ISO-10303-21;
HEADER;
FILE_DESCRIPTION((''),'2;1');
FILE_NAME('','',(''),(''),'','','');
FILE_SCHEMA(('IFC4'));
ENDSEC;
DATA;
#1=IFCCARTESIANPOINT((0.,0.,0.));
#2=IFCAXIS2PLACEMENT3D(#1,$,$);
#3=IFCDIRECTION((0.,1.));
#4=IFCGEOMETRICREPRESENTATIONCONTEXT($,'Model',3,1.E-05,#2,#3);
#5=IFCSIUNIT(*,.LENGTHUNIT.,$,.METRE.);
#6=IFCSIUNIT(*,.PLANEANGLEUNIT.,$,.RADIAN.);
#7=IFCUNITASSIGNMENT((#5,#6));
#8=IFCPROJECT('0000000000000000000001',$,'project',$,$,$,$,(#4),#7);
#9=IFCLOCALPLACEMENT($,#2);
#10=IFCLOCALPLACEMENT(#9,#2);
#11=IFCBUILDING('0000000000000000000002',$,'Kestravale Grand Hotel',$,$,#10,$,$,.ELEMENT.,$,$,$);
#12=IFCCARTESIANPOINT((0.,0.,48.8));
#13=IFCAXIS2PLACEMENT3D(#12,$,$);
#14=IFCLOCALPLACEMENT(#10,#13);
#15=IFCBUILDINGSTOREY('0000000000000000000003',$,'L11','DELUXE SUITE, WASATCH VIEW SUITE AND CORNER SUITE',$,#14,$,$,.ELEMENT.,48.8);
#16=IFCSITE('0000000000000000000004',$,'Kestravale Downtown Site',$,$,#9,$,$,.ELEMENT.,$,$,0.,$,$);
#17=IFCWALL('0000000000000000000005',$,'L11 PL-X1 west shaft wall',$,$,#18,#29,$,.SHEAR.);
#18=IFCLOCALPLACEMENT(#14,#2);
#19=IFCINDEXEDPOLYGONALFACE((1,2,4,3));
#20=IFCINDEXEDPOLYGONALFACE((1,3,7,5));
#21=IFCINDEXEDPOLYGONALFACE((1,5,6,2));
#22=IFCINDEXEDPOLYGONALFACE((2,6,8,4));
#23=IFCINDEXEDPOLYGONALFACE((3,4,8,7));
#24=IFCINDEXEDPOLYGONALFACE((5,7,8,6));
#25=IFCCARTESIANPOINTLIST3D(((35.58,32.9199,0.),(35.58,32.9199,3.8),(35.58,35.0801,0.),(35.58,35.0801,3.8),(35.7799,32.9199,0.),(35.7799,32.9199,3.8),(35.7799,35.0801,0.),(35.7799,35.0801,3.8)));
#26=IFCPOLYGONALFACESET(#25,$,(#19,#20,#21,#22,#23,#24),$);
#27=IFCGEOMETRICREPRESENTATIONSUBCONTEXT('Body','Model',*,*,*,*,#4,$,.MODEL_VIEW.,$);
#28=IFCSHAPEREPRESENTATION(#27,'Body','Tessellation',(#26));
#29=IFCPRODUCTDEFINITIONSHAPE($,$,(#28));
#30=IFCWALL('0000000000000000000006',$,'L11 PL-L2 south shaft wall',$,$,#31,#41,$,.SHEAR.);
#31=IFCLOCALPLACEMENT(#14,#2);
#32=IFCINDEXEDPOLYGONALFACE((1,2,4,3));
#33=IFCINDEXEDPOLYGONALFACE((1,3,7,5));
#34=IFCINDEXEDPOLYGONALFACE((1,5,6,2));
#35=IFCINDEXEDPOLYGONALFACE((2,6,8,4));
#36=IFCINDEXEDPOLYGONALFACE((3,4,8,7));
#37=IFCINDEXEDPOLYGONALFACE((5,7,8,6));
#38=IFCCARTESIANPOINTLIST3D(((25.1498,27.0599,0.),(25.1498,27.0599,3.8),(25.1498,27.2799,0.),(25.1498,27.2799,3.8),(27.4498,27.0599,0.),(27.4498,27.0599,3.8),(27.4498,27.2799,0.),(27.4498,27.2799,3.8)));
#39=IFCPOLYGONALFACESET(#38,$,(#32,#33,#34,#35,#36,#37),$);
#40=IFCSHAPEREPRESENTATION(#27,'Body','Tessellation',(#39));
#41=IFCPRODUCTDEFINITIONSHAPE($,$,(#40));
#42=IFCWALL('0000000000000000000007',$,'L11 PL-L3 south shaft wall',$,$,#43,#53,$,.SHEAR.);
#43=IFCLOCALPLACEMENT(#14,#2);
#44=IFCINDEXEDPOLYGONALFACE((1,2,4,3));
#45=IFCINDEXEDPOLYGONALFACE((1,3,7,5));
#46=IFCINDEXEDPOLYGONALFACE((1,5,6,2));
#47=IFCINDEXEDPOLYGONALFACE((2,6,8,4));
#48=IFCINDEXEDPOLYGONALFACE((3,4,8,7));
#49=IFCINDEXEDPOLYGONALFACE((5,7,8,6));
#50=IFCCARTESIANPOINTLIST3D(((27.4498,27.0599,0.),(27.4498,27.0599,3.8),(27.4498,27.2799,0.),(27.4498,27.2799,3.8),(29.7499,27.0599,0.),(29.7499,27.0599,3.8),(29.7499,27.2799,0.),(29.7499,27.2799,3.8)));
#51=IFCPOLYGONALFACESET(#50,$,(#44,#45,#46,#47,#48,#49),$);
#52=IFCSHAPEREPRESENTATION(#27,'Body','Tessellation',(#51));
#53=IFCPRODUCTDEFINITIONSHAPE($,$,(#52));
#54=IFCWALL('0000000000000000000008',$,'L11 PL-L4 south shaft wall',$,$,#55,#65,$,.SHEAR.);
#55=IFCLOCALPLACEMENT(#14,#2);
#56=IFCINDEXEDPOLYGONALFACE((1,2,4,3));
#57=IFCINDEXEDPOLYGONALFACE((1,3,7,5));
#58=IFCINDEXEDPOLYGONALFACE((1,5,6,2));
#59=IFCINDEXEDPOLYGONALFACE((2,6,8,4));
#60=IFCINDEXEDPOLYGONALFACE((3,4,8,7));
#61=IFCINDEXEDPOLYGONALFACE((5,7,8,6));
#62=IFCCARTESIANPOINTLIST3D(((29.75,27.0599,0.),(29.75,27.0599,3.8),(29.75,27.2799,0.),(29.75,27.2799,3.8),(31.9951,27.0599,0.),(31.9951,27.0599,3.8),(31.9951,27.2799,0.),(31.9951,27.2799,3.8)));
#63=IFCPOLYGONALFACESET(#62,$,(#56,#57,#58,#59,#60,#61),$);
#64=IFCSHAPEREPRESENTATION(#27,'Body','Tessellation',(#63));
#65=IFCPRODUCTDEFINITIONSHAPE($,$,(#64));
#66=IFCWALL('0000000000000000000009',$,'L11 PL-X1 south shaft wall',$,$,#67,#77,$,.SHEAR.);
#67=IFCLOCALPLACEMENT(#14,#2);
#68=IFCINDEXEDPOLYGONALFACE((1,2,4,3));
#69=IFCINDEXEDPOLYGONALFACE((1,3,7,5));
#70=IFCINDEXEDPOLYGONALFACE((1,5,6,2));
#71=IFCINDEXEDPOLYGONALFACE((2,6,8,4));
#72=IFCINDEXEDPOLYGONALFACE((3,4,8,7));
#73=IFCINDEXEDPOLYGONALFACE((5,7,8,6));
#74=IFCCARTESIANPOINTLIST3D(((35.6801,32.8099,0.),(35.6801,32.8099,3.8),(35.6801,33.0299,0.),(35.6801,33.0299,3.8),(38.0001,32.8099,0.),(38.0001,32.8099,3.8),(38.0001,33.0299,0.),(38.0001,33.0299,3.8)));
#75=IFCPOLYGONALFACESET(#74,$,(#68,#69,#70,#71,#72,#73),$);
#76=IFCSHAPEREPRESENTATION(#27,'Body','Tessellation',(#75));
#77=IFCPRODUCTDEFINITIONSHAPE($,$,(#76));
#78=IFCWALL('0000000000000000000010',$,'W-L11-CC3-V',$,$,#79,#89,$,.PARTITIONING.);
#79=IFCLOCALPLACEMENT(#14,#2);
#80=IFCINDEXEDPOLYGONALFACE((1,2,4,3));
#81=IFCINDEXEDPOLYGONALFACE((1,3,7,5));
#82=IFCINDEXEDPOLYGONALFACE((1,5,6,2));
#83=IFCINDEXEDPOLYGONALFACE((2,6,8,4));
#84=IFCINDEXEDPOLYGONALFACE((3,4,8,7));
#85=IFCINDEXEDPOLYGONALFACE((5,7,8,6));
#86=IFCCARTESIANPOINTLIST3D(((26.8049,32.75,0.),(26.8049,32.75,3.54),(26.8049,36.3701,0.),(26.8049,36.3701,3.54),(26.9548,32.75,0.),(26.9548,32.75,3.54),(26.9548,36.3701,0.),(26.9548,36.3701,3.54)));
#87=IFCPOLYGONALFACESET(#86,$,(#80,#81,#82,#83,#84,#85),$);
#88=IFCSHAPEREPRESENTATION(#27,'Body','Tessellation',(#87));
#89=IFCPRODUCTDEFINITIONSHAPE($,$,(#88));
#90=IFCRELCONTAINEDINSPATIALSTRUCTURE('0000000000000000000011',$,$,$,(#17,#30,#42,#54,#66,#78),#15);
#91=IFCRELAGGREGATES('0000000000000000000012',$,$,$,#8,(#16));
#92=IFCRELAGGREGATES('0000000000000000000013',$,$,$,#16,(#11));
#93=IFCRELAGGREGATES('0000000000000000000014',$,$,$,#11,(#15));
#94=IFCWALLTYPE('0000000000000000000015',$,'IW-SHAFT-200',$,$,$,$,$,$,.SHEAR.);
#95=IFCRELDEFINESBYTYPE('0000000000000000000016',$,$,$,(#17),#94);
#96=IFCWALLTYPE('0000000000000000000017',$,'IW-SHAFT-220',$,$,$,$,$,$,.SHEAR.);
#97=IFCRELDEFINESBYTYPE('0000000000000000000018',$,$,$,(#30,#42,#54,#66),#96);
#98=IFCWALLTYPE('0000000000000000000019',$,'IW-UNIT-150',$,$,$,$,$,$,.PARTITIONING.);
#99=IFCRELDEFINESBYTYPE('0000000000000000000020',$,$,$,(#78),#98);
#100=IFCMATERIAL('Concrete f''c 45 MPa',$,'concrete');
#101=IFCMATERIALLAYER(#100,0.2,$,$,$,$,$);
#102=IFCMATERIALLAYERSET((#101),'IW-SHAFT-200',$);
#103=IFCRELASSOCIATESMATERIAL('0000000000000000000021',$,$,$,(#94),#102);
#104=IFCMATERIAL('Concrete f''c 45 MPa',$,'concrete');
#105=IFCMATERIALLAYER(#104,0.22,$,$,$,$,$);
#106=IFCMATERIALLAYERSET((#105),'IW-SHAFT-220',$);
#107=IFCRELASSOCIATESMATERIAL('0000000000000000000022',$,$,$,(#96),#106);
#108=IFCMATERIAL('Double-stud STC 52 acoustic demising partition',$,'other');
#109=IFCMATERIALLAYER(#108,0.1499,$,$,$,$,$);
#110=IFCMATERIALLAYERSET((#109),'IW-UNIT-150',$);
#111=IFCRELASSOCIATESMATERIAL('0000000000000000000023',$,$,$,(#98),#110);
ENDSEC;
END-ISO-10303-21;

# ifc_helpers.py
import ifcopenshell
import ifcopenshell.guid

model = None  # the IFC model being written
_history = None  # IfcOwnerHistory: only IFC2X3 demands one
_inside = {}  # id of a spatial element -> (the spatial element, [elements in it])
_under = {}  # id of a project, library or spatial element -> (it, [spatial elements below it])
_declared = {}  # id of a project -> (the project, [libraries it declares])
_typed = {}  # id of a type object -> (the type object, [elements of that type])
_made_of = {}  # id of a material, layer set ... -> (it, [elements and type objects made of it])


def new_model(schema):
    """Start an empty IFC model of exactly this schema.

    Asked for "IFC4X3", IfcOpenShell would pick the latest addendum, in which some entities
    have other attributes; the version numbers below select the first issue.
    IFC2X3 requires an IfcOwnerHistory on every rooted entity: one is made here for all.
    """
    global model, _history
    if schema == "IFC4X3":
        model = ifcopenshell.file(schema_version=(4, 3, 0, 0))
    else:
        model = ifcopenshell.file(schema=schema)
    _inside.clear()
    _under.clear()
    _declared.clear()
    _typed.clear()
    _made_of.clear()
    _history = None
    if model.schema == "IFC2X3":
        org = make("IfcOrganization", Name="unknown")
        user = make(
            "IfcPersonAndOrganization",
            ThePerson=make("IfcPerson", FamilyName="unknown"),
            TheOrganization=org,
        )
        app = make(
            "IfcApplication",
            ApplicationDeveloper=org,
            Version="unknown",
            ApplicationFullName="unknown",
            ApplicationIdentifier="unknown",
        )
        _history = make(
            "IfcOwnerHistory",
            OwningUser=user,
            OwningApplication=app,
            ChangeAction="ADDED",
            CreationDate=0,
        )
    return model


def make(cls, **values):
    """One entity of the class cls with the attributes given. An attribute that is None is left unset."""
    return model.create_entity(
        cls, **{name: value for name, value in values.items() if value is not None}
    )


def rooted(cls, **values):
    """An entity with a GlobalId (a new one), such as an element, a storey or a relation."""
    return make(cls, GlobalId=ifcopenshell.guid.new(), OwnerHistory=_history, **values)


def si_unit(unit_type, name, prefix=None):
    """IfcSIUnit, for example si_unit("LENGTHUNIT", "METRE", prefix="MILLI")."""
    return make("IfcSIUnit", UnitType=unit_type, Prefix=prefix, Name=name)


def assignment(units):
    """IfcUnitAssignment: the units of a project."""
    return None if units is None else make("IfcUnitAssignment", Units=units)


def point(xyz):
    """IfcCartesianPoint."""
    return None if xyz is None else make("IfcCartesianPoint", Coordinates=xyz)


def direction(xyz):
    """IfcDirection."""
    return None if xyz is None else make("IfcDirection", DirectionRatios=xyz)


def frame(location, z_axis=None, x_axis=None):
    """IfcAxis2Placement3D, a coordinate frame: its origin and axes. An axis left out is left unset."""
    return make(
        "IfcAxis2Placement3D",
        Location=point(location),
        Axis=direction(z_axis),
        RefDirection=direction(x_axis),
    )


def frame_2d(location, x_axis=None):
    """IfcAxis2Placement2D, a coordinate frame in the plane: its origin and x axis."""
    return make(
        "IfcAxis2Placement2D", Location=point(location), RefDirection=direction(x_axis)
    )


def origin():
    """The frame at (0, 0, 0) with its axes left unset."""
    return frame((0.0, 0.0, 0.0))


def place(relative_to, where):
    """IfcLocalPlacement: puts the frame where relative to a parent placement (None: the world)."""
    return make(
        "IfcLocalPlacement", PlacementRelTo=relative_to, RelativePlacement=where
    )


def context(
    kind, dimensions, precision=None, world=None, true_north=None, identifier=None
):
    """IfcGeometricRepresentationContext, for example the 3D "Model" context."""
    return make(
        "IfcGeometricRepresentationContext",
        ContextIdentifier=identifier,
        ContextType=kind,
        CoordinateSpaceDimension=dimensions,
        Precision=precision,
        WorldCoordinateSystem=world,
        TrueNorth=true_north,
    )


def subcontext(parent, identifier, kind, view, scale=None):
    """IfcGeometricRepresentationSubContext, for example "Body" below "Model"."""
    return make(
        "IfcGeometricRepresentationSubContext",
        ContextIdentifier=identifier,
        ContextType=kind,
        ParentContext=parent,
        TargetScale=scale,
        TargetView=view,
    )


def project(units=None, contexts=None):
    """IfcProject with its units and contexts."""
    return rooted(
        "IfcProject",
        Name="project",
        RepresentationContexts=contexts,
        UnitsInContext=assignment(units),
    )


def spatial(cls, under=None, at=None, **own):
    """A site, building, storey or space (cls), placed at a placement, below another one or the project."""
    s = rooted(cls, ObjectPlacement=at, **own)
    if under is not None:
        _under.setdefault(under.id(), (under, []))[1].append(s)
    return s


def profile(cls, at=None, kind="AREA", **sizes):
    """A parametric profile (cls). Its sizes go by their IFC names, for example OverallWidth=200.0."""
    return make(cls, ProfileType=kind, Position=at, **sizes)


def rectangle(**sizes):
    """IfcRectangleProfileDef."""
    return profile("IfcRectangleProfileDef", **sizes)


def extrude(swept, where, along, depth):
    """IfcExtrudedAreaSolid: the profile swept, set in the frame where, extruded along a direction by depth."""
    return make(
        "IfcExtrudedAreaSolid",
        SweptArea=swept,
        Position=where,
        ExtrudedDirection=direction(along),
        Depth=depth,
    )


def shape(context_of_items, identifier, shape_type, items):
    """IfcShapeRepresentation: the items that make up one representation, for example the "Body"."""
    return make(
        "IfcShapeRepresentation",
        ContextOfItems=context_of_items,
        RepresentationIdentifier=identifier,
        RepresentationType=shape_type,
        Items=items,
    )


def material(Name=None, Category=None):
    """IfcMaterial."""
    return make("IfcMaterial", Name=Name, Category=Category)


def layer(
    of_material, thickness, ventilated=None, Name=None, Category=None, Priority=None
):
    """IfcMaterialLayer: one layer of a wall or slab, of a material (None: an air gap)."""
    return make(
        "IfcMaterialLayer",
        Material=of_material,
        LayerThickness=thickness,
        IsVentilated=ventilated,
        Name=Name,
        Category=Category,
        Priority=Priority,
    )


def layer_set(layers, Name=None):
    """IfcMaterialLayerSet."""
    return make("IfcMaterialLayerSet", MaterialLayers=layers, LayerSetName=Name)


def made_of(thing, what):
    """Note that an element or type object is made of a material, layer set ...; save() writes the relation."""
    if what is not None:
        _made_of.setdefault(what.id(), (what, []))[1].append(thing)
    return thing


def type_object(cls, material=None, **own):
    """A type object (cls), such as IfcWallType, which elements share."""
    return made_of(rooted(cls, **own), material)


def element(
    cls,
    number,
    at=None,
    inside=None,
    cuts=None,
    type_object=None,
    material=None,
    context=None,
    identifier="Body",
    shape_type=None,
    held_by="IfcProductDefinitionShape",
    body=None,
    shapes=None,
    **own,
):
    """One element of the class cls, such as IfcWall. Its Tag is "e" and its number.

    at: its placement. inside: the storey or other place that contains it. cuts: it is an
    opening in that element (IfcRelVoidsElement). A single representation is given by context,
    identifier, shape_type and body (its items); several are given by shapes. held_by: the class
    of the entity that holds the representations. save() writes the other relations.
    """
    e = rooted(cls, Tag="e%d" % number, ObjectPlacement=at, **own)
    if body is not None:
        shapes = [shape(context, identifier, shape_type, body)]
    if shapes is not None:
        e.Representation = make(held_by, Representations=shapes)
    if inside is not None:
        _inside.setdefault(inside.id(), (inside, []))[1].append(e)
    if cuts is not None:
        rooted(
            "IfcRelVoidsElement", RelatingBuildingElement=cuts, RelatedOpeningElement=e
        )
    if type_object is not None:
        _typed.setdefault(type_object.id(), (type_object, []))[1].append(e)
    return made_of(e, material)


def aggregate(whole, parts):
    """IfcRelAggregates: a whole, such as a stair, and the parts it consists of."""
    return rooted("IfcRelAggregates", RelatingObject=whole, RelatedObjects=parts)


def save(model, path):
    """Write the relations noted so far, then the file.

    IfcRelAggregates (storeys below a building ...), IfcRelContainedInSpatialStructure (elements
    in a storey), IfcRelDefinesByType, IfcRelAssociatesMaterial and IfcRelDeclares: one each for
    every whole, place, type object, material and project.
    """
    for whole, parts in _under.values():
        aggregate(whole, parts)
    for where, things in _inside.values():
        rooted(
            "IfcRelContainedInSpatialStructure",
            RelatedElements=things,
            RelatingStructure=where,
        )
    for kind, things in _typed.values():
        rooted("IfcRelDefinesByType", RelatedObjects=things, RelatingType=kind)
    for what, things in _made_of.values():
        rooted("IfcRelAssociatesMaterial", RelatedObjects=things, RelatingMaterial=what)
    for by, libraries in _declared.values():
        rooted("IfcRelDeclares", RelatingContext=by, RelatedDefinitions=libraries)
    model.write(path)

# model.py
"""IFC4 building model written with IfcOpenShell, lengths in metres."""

from ifc_helpers import new_model, si_unit, direction, frame, frame_2d, origin, place, context, subcontext, project, spatial, rectangle, extrude, material, layer, layer_set, type_object, element, save


model = new_model("IFC4")

# Units and contexts
model_context = context("Model", 3, precision=1e-05, world=origin(), true_north=direction((0.0, 1.0)))
body_context = subcontext(model_context, "Body", "Model", "MODEL_VIEW")
ifc_project = project(units=[si_unit("LENGTHUNIT", "METRE"), si_unit("PLANEANGLEUNIT", "RADIAN")], contexts=[model_context])

# Site, building, storey
site_placement = place(None, origin())
site = spatial("IfcSite", under=ifc_project, at=site_placement, Name="Kestravale Downtown Site", CompositionType="ELEMENT", RefElevation=0.0)
building_placement = place(site_placement, origin())
building = spatial("IfcBuilding", under=site, at=building_placement, Name="Kestravale Grand Hotel", CompositionType="ELEMENT")
storey_placement = place(building_placement, frame((0.0, 0.0, 48.8)))
storey = spatial("IfcBuildingStorey", under=building, at=storey_placement, Name="L11", Description="DELUXE SUITE, WASATCH VIEW SUITE AND CORNER SUITE", CompositionType="ELEMENT", Elevation=48.8)

# Wall
ifc_material_1 = material(Name="Concrete f'c 45 MPa", Category="concrete")
ifc_layer_1 = layer(ifc_material_1, 0.2)
ifc_layer_set_1 = layer_set([ifc_layer_1], Name="IW-SHAFT-200")
wall_type_1 = type_object("IfcWallType", Name="IW-SHAFT-200", PredefinedType="SHEAR", material=ifc_layer_set_1)
wall_1_placement = place(storey_placement, frame((35.6799, 32.9199, 0.0), z_axis=(0.0, 0.0, 1.0), x_axis=(0.0, 1.0, 0.0)))
element("IfcWall", 1, at=wall_1_placement, inside=storey, type_object=wall_type_1, Name="L11 PL-X1 west shaft wall", PredefinedType="SHEAR", context=body_context, shape_type="SweptSolid", body=[
    extrude(rectangle(XDim=2.1602, YDim=0.2, at=frame_2d((1.0801, 0.0))), origin(), (0.0, 0.0, 1.0), 3.8),
])

# Shared definitions
ifc_material_2 = material(Name="Concrete f'c 45 MPa", Category="concrete")
ifc_layer_2 = layer(ifc_material_2, 0.22)
ifc_layer_set_2 = layer_set([ifc_layer_2], Name="IW-SHAFT-220")
wall_type_2 = type_object("IfcWallType", Name="IW-SHAFT-220", PredefinedType="SHEAR", material=ifc_layer_set_2)

# Wall
wall_2_placement = place(storey_placement, frame((25.1499, 27.1699, 0.0), z_axis=(0.0, 0.0, 1.0), x_axis=(1.0, 0.0, 0.0)))
element("IfcWall", 2, at=wall_2_placement, inside=storey, type_object=wall_type_2, Name="L11 PL-L2 south shaft wall", PredefinedType="SHEAR", context=body_context, shape_type="SweptSolid", body=[
    extrude(rectangle(XDim=2.3, YDim=0.22, at=frame_2d((1.1499, 0.0))), origin(), (0.0, 0.0, 1.0), 3.8),
])

# Wall
wall_3_placement = place(storey_placement, frame((27.45, 27.1699, 0.0), z_axis=(0.0, 0.0, 1.0), x_axis=(1.0, 0.0, 0.0)))
element("IfcWall", 3, at=wall_3_placement, inside=storey, type_object=wall_type_2, Name="L11 PL-L3 south shaft wall", PredefinedType="SHEAR", context=body_context, shape_type="SweptSolid", body=[
    extrude(rectangle(XDim=2.3, YDim=0.22, at=frame_2d((1.1499, 0.0))), origin(), (0.0, 0.0, 1.0), 3.8),
])

# Walls
wall_4_placement = place(storey_placement, frame((29.75, 27.1699, 0.0), z_axis=(0.0, 0.0, 1.0), x_axis=(1.0, 0.0, 0.0)))
element("IfcWall", 4, at=wall_4_placement, inside=storey, type_object=wall_type_2, Name="L11 PL-L4 south shaft wall", PredefinedType="SHEAR", context=body_context, shape_type="SweptSolid", body=[
    extrude(rectangle(XDim=2.2451, YDim=0.22, at=frame_2d((1.1226, 0.0))), origin(), (0.0, 0.0, 1.0), 3.8),
])
wall_5_placement = place(storey_placement, frame((35.6799, 32.9199, 0.0), z_axis=(0.0, 0.0, 1.0), x_axis=(1.0, 0.0, 0.0)))
element("IfcWall", 5, at=wall_5_placement, inside=storey, type_object=wall_type_2, Name="L11 PL-X1 south shaft wall", PredefinedType="SHEAR", context=body_context, shape_type="SweptSolid", body=[
    extrude(rectangle(XDim=2.3201, YDim=0.22, at=frame_2d((1.1602, 0.0))), origin(), (0.0, 0.0, 1.0), 3.8),
])
ifc_material_3 = material(Name="Double-stud STC 52 acoustic demising partition", Category="other")
ifc_layer_3 = layer(ifc_material_3, 0.1499)
ifc_layer_set_3 = layer_set([ifc_layer_3], Name="IW-UNIT-150")
wall_type_3 = type_object("IfcWallType", Name="IW-UNIT-150", PredefinedType="PARTITIONING", material=ifc_layer_set_3)
wall_6_placement = place(storey_placement, frame((26.8799, 32.75, 0.0), z_axis=(0.0, 0.0, 1.0), x_axis=(0.0, 1.0, 0.0)))
element("IfcWall", 6, at=wall_6_placement, inside=storey, type_object=wall_type_3, Name="W-L11-CC3-V", PredefinedType="PARTITIONING", context=body_context, shape_type="SweptSolid", body=[
    extrude(rectangle(XDim=3.6201, YDim=0.1499, at=frame_2d((1.8101, 0.0))), origin(), (0.0, 0.0, 1.0), 3.54),
])

save(model, "model.ifc")
